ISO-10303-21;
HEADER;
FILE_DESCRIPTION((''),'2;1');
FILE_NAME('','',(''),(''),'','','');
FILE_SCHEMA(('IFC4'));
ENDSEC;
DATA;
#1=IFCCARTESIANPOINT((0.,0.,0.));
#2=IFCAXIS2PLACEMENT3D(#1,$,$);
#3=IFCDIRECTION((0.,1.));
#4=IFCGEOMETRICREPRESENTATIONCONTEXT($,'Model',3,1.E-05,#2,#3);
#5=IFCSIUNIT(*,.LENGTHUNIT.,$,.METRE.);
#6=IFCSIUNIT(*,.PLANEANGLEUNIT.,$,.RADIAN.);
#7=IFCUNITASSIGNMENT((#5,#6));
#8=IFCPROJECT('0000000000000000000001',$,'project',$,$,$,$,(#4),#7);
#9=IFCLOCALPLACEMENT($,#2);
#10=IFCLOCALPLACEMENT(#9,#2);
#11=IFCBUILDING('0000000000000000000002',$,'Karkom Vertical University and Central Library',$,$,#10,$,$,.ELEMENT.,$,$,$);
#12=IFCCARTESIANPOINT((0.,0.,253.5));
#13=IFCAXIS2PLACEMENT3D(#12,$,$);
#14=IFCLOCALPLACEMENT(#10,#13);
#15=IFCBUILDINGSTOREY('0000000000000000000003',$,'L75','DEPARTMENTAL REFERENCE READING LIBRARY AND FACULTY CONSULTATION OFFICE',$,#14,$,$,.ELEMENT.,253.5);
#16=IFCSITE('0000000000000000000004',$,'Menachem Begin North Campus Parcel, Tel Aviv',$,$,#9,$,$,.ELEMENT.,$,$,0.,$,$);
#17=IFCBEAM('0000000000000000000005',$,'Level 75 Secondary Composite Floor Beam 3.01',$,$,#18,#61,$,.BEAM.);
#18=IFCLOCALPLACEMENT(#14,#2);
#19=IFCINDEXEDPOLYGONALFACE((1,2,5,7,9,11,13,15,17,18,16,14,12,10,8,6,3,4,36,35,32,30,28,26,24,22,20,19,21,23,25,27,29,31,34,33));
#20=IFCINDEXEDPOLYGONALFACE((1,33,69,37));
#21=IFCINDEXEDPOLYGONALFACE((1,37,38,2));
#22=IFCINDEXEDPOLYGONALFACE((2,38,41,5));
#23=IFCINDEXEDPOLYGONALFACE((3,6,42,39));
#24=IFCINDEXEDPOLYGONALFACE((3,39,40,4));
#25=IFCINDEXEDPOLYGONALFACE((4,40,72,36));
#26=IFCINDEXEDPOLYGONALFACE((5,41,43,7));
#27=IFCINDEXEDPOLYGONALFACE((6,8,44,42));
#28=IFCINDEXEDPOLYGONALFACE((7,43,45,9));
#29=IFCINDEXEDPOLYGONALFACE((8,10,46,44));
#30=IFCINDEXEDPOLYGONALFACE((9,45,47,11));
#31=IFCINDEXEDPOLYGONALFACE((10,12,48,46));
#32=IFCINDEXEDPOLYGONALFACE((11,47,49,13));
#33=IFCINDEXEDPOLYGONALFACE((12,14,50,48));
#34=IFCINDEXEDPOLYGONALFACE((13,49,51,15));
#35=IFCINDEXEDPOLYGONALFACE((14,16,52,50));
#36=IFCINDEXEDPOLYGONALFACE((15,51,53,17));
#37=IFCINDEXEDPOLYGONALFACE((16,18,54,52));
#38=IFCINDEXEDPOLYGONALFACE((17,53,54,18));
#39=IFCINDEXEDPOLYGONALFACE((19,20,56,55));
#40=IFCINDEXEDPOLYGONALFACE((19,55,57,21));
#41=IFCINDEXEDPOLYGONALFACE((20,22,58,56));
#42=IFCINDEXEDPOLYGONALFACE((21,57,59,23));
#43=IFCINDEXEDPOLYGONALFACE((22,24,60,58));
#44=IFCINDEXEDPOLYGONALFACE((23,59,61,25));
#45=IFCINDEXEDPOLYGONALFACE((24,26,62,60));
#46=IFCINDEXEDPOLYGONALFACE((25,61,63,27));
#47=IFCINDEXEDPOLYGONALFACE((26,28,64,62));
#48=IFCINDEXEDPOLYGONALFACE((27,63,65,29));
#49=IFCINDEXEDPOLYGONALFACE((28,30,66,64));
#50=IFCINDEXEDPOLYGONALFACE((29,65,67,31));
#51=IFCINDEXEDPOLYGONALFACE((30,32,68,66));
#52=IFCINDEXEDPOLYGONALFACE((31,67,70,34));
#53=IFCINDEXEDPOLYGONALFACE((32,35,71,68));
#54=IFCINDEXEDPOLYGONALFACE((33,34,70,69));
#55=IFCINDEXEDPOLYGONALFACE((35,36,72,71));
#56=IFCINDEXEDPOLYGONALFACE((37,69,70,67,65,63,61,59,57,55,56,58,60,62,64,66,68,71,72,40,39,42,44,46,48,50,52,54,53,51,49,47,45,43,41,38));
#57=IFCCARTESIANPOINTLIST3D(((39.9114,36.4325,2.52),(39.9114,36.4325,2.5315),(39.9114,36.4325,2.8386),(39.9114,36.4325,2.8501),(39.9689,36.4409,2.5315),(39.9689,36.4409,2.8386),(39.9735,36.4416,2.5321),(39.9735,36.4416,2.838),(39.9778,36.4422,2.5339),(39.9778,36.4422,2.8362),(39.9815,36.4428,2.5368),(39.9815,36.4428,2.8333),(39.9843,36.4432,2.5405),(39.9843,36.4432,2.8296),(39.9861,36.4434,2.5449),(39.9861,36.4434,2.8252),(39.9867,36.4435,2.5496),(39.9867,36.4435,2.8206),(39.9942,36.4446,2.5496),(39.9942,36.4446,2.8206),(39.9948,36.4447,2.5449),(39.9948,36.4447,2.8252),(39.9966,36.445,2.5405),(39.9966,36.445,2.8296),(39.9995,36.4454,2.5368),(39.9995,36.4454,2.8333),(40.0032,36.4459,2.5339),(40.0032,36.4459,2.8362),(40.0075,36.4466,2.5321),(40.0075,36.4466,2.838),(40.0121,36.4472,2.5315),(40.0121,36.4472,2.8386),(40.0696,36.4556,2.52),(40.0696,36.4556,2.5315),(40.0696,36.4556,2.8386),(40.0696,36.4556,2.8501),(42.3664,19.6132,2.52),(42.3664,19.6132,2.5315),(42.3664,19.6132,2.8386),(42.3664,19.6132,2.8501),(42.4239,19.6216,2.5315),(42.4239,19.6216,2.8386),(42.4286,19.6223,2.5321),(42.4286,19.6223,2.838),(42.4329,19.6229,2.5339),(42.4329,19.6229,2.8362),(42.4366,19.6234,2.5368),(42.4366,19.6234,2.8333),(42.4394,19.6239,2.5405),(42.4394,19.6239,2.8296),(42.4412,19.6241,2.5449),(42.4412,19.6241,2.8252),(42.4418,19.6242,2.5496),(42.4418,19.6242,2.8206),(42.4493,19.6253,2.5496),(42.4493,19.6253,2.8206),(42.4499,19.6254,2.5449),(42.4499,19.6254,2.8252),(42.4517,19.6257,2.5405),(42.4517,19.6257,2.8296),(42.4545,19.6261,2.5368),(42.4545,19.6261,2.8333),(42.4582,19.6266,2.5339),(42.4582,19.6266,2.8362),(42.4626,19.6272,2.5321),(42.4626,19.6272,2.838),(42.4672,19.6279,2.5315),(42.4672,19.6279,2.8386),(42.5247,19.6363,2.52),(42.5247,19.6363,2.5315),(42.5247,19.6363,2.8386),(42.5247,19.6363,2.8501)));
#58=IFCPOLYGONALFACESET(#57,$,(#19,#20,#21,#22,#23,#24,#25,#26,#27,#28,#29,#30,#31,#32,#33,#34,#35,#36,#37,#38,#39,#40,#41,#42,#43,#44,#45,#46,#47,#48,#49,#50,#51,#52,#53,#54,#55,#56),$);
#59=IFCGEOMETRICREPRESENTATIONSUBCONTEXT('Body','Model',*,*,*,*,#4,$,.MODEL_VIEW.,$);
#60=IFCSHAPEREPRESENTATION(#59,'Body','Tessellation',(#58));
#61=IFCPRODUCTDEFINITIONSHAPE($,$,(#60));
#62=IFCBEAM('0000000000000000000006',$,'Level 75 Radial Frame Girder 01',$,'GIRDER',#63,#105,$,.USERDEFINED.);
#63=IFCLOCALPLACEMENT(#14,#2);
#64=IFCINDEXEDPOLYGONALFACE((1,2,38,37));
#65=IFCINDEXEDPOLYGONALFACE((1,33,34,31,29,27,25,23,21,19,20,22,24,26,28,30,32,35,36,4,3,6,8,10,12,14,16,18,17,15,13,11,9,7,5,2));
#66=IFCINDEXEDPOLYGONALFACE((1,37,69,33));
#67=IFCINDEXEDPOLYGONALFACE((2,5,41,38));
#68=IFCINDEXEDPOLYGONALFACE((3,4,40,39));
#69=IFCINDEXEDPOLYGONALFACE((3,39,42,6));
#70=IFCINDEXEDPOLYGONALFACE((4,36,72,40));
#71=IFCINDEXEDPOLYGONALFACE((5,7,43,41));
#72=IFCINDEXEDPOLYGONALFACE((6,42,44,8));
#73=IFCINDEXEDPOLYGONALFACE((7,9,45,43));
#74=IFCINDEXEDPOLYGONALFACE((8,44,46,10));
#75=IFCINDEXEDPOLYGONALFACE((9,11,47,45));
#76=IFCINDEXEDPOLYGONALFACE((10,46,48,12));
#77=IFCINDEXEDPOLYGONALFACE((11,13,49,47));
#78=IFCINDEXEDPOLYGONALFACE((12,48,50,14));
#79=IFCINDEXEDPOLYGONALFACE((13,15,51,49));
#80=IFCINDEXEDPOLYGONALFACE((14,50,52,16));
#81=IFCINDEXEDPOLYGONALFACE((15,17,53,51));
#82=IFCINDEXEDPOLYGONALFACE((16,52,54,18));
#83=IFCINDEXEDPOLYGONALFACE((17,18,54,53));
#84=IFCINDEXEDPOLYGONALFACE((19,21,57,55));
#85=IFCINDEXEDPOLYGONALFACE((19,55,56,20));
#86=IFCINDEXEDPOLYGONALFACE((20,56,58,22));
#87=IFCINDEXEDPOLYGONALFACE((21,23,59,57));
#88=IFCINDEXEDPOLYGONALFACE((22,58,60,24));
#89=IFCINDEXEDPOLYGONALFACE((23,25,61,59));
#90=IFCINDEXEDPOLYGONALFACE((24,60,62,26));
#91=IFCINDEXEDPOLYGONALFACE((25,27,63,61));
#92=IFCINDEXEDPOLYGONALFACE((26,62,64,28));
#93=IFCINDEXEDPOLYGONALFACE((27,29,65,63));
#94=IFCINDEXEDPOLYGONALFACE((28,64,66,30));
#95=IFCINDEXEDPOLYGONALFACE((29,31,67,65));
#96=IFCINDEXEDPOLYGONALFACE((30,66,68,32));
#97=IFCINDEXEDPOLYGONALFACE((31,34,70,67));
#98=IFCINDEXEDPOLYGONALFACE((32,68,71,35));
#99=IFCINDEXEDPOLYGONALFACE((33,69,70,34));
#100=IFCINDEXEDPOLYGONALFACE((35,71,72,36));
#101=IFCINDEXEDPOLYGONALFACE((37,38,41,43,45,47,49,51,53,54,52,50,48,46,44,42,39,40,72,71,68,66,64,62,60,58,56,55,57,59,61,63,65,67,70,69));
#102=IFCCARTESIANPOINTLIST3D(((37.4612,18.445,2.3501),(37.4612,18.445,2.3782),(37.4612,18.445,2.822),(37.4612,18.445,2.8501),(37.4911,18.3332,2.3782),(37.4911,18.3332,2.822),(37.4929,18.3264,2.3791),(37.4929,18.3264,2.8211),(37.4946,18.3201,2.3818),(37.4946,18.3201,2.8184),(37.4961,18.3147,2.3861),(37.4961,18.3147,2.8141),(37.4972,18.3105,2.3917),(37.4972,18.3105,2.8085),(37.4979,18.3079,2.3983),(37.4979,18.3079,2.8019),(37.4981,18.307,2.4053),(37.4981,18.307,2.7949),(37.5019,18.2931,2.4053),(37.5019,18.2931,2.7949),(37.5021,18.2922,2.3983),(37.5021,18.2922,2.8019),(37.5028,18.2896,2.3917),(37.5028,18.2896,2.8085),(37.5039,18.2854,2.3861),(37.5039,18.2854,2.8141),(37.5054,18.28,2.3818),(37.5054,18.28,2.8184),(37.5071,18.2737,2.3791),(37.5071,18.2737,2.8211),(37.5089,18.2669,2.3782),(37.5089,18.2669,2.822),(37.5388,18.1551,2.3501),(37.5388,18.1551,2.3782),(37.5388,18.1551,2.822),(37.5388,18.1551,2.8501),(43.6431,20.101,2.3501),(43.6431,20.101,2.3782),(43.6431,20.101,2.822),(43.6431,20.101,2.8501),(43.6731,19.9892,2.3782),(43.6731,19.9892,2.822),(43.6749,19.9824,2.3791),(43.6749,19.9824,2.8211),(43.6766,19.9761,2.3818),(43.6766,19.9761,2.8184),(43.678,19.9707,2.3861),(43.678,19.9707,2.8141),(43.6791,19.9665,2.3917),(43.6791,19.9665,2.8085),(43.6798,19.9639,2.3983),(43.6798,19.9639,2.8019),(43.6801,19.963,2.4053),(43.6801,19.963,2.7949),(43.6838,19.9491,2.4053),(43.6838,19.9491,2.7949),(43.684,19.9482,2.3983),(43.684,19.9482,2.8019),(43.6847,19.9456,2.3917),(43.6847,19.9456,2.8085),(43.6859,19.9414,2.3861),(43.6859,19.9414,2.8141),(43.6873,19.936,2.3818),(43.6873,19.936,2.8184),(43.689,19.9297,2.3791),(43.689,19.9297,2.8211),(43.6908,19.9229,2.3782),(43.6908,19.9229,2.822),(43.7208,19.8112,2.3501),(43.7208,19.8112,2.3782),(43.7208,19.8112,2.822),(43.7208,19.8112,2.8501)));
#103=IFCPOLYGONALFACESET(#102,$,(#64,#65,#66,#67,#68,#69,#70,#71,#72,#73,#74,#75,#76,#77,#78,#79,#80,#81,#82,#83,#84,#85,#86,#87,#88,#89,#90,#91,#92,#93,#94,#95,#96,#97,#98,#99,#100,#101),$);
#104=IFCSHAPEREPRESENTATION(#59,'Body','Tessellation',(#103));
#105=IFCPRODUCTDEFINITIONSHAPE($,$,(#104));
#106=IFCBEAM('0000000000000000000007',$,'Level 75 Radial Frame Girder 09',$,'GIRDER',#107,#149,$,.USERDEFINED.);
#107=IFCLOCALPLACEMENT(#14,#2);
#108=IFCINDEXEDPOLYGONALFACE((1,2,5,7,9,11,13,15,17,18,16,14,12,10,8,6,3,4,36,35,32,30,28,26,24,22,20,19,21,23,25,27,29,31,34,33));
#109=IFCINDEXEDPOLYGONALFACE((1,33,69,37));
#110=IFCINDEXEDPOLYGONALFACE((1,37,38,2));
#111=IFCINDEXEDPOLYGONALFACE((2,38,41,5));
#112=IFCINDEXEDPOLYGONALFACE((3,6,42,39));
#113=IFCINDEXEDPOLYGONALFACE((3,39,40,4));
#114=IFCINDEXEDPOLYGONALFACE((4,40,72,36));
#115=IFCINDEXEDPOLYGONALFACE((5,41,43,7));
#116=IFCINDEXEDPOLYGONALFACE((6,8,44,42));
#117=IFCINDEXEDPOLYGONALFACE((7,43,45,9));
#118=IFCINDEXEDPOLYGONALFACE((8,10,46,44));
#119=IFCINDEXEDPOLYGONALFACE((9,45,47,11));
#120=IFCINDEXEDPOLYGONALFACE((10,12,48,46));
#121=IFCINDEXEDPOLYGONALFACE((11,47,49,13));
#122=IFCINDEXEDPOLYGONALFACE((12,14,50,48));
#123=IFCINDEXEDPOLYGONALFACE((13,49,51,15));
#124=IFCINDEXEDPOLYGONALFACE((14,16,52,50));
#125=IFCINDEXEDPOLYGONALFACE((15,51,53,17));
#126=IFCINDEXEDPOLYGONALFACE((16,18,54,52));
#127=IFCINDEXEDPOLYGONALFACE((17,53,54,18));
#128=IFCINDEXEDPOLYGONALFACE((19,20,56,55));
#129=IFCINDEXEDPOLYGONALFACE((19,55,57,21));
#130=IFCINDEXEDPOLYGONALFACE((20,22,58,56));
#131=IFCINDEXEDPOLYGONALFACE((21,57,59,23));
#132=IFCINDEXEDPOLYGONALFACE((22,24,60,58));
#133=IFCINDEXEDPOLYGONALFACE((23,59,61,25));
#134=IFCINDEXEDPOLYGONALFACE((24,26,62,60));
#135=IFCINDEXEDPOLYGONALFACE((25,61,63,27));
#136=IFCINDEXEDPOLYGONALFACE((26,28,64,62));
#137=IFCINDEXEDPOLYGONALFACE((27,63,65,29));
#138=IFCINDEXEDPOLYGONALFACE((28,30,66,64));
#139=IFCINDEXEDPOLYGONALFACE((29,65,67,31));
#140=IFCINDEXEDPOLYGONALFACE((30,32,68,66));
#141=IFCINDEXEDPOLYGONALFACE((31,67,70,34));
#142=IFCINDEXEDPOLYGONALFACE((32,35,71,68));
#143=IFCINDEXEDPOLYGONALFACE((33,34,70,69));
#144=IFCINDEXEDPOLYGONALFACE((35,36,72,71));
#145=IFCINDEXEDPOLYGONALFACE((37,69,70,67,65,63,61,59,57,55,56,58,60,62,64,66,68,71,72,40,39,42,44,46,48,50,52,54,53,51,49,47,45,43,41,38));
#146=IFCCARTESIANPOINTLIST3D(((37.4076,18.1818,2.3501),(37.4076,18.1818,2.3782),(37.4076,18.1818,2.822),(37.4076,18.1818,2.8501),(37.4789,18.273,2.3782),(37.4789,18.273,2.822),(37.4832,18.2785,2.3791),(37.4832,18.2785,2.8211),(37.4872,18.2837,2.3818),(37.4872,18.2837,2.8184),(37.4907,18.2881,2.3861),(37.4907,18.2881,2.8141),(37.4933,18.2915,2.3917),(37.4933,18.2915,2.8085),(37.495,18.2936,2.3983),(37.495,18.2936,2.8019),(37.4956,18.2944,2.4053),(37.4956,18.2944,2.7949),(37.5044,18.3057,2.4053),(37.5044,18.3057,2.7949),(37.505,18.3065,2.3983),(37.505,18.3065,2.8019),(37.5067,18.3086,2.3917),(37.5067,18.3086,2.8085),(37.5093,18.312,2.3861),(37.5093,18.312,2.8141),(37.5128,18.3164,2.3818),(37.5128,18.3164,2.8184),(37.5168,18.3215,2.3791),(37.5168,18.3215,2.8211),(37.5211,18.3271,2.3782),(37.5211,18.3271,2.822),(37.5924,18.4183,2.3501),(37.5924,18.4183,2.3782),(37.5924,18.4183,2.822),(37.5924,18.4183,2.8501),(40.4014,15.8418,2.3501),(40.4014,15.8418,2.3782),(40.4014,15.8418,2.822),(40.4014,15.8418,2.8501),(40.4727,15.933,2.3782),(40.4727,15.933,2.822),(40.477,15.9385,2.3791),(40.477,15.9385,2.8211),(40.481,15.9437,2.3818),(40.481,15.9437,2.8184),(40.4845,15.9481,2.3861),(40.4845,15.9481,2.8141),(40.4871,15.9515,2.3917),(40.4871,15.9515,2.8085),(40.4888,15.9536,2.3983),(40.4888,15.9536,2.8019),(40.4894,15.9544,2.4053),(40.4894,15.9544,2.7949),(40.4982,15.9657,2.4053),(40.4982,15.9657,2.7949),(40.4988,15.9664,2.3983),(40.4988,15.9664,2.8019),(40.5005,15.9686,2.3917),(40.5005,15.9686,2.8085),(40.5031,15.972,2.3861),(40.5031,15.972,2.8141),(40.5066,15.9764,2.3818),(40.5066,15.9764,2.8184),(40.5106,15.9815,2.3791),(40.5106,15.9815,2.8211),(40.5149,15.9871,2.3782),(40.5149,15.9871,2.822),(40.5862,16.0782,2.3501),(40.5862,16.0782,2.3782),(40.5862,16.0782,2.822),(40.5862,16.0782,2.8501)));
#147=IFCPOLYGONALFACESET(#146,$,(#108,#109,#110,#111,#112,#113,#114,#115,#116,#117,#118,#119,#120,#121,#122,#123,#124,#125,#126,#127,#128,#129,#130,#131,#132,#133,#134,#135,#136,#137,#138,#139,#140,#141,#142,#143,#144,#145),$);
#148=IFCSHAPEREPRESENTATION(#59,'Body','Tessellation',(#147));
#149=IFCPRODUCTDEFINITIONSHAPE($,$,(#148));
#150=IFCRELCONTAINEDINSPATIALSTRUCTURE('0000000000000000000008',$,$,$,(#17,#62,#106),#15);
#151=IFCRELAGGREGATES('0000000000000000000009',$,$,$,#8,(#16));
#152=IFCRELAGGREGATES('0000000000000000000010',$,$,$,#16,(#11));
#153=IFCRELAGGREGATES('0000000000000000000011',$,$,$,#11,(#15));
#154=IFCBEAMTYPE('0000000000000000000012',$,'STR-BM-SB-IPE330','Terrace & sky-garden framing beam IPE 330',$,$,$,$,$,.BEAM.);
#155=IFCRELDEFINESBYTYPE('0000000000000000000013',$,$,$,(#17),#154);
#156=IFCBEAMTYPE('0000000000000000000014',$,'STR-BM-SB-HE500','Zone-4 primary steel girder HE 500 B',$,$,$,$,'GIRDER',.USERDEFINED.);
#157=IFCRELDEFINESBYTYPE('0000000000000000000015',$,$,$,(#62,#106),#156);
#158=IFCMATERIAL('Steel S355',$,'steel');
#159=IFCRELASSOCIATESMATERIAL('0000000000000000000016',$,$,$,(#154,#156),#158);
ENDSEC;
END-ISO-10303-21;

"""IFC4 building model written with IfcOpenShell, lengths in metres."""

from ifc_helpers import new_model, si_unit, direction, frame, origin, origin_with_axes, origin_2d, place, context, subcontext, project, spatial, i_section, extrude, source, transform, mapped, material, material_profile, profile_set, type_object, element, save


model = new_model("IFC4")

# Units and contexts
model_context = context("Model", 3, precision=1e-05, world=origin(), true_north=direction((0.0, 1.0)))
body_context = subcontext(model_context, "Body", "Model", "MODEL_VIEW")
ifc_project = project(units=[si_unit("LENGTHUNIT", "METRE"), si_unit("PLANEANGLEUNIT", "RADIAN")], contexts=[model_context])

# Site, building, storey
site_placement = place(None, origin())
site = spatial("IfcSite", under=ifc_project, at=site_placement, Name="Menachem Begin North Campus Parcel, Tel Aviv", CompositionType="ELEMENT", RefElevation=0.0)
building_placement = place(site_placement, origin())
building = spatial("IfcBuilding", under=site, at=building_placement, Name="Karkom Vertical University and Central Library", CompositionType="ELEMENT")
storey_placement = place(building_placement, frame((0.0, 0.0, 253.5)))
storey = spatial("IfcBuildingStorey", under=building, at=storey_placement, Name="L75", Description="DEPARTMENTAL REFERENCE READING LIBRARY AND FACULTY CONSULTATION OFFICE", CompositionType="ELEMENT", Elevation=253.5)

# Beams
ifc_material_1 = material(Name="Steel S355", Category="steel")
ifc_material_profile_1 = material_profile(ifc_material_1, i_section(OverallWidth=0.1599, OverallDepth=0.3301, WebThickness=0.0076, FlangeThickness=0.0115, FilletRadius=0.0181, at=origin_2d()), Name="IPE 330")
ifc_profile_set_1 = profile_set([ifc_material_profile_1], Name="Steel S355")
beam_type_1 = type_object("IfcBeamType", Name="STR-BM-SB-IPE330", Description="Terrace & sky-garden framing beam IPE 330", PredefinedType="BEAM", material=ifc_profile_set_1)
shared_shape_1 = source(origin_with_axes(), body_context, "Body", "SweptSolid", [
    extrude(i_section(OverallWidth=0.1599, OverallDepth=0.3301, WebThickness=0.0076, FlangeThickness=0.0115, FilletRadius=0.0181, at=origin_2d()), origin(), (0.0, 0.0, 1.0), 16.9976),
])
beam_1_placement = place(storey_placement, frame((42.4456, 19.6248, 2.6851), z_axis=(-0.144437, 0.989514, 0.0), x_axis=(-0.989514, -0.144437, 0.0)))
element("IfcBeam", 1, at=beam_1_placement, inside=storey, type_object=beam_type_1, Name="Level 75 Secondary Composite Floor Beam 3.01", PredefinedType="BEAM", context=body_context, shape_type="MappedRepresentation", body=[
    mapped(shared_shape_1, transform((0.0, 0.0, 0.0), scale=1.0)),
])
ifc_material_profile_2 = material_profile(ifc_material_1, i_section(OverallWidth=0.3, OverallDepth=0.5, WebThickness=0.0144, FlangeThickness=0.0281, FilletRadius=0.0271, at=origin_2d()), Name="HE 500 B")
ifc_profile_set_2 = profile_set([ifc_material_profile_2], Name="Steel S355")
beam_type_2 = type_object("IfcBeamType", Name="STR-BM-SB-HE500", Description="Zone-4 primary steel girder HE 500 B", ElementType="GIRDER", PredefinedType="USERDEFINED", material=ifc_profile_set_2)
shared_shape_2 = source(origin_with_axes(), body_context, "Body", "SweptSolid", [
    extrude(i_section(OverallWidth=0.3, OverallDepth=0.5, WebThickness=0.0144, FlangeThickness=0.0281, FilletRadius=0.0271, at=origin_2d()), origin(), (0.0, 0.0, 1.0), 6.3999),
])
beam_2_placement = place(storey_placement, frame((37.5, 18.3, 2.6001), z_axis=(0.965942, 0.258757, 0.0), x_axis=(-0.258757, 0.965942, 0.0)))
element("IfcBeam", 2, at=beam_2_placement, inside=storey, type_object=beam_type_2, Name="Level 75 Radial Frame Girder 01", ObjectType="GIRDER", PredefinedType="USERDEFINED", context=body_context, shape_type="MappedRepresentation", body=[
    mapped(shared_shape_2, transform((0.0, 0.0, 0.0), scale=1.0)),
])
shared_shape_3 = source(origin_with_axes(), body_context, "Body", "SweptSolid", [
    extrude(i_section(OverallWidth=0.3, OverallDepth=0.5, WebThickness=0.0144, FlangeThickness=0.0281, FilletRadius=0.0271, at=origin_2d()), origin(), (0.0, 0.0, 1.0), 3.7998),
])
beam_3_placement = place(storey_placement, frame((37.5, 18.3, 2.6001), z_axis=(0.787883, -0.615825, 0.0), x_axis=(0.615825, 0.787883, 0.0)))
element("IfcBeam", 3, at=beam_3_placement, inside=storey, type_object=beam_type_2, Name="Level 75 Radial Frame Girder 09", ObjectType="GIRDER", PredefinedType="USERDEFINED", context=body_context, shape_type="MappedRepresentation", body=[
    mapped(shared_shape_3, transform((0.0, 0.0, 0.0), scale=1.0)),
])

save(model, "model.ifc")
